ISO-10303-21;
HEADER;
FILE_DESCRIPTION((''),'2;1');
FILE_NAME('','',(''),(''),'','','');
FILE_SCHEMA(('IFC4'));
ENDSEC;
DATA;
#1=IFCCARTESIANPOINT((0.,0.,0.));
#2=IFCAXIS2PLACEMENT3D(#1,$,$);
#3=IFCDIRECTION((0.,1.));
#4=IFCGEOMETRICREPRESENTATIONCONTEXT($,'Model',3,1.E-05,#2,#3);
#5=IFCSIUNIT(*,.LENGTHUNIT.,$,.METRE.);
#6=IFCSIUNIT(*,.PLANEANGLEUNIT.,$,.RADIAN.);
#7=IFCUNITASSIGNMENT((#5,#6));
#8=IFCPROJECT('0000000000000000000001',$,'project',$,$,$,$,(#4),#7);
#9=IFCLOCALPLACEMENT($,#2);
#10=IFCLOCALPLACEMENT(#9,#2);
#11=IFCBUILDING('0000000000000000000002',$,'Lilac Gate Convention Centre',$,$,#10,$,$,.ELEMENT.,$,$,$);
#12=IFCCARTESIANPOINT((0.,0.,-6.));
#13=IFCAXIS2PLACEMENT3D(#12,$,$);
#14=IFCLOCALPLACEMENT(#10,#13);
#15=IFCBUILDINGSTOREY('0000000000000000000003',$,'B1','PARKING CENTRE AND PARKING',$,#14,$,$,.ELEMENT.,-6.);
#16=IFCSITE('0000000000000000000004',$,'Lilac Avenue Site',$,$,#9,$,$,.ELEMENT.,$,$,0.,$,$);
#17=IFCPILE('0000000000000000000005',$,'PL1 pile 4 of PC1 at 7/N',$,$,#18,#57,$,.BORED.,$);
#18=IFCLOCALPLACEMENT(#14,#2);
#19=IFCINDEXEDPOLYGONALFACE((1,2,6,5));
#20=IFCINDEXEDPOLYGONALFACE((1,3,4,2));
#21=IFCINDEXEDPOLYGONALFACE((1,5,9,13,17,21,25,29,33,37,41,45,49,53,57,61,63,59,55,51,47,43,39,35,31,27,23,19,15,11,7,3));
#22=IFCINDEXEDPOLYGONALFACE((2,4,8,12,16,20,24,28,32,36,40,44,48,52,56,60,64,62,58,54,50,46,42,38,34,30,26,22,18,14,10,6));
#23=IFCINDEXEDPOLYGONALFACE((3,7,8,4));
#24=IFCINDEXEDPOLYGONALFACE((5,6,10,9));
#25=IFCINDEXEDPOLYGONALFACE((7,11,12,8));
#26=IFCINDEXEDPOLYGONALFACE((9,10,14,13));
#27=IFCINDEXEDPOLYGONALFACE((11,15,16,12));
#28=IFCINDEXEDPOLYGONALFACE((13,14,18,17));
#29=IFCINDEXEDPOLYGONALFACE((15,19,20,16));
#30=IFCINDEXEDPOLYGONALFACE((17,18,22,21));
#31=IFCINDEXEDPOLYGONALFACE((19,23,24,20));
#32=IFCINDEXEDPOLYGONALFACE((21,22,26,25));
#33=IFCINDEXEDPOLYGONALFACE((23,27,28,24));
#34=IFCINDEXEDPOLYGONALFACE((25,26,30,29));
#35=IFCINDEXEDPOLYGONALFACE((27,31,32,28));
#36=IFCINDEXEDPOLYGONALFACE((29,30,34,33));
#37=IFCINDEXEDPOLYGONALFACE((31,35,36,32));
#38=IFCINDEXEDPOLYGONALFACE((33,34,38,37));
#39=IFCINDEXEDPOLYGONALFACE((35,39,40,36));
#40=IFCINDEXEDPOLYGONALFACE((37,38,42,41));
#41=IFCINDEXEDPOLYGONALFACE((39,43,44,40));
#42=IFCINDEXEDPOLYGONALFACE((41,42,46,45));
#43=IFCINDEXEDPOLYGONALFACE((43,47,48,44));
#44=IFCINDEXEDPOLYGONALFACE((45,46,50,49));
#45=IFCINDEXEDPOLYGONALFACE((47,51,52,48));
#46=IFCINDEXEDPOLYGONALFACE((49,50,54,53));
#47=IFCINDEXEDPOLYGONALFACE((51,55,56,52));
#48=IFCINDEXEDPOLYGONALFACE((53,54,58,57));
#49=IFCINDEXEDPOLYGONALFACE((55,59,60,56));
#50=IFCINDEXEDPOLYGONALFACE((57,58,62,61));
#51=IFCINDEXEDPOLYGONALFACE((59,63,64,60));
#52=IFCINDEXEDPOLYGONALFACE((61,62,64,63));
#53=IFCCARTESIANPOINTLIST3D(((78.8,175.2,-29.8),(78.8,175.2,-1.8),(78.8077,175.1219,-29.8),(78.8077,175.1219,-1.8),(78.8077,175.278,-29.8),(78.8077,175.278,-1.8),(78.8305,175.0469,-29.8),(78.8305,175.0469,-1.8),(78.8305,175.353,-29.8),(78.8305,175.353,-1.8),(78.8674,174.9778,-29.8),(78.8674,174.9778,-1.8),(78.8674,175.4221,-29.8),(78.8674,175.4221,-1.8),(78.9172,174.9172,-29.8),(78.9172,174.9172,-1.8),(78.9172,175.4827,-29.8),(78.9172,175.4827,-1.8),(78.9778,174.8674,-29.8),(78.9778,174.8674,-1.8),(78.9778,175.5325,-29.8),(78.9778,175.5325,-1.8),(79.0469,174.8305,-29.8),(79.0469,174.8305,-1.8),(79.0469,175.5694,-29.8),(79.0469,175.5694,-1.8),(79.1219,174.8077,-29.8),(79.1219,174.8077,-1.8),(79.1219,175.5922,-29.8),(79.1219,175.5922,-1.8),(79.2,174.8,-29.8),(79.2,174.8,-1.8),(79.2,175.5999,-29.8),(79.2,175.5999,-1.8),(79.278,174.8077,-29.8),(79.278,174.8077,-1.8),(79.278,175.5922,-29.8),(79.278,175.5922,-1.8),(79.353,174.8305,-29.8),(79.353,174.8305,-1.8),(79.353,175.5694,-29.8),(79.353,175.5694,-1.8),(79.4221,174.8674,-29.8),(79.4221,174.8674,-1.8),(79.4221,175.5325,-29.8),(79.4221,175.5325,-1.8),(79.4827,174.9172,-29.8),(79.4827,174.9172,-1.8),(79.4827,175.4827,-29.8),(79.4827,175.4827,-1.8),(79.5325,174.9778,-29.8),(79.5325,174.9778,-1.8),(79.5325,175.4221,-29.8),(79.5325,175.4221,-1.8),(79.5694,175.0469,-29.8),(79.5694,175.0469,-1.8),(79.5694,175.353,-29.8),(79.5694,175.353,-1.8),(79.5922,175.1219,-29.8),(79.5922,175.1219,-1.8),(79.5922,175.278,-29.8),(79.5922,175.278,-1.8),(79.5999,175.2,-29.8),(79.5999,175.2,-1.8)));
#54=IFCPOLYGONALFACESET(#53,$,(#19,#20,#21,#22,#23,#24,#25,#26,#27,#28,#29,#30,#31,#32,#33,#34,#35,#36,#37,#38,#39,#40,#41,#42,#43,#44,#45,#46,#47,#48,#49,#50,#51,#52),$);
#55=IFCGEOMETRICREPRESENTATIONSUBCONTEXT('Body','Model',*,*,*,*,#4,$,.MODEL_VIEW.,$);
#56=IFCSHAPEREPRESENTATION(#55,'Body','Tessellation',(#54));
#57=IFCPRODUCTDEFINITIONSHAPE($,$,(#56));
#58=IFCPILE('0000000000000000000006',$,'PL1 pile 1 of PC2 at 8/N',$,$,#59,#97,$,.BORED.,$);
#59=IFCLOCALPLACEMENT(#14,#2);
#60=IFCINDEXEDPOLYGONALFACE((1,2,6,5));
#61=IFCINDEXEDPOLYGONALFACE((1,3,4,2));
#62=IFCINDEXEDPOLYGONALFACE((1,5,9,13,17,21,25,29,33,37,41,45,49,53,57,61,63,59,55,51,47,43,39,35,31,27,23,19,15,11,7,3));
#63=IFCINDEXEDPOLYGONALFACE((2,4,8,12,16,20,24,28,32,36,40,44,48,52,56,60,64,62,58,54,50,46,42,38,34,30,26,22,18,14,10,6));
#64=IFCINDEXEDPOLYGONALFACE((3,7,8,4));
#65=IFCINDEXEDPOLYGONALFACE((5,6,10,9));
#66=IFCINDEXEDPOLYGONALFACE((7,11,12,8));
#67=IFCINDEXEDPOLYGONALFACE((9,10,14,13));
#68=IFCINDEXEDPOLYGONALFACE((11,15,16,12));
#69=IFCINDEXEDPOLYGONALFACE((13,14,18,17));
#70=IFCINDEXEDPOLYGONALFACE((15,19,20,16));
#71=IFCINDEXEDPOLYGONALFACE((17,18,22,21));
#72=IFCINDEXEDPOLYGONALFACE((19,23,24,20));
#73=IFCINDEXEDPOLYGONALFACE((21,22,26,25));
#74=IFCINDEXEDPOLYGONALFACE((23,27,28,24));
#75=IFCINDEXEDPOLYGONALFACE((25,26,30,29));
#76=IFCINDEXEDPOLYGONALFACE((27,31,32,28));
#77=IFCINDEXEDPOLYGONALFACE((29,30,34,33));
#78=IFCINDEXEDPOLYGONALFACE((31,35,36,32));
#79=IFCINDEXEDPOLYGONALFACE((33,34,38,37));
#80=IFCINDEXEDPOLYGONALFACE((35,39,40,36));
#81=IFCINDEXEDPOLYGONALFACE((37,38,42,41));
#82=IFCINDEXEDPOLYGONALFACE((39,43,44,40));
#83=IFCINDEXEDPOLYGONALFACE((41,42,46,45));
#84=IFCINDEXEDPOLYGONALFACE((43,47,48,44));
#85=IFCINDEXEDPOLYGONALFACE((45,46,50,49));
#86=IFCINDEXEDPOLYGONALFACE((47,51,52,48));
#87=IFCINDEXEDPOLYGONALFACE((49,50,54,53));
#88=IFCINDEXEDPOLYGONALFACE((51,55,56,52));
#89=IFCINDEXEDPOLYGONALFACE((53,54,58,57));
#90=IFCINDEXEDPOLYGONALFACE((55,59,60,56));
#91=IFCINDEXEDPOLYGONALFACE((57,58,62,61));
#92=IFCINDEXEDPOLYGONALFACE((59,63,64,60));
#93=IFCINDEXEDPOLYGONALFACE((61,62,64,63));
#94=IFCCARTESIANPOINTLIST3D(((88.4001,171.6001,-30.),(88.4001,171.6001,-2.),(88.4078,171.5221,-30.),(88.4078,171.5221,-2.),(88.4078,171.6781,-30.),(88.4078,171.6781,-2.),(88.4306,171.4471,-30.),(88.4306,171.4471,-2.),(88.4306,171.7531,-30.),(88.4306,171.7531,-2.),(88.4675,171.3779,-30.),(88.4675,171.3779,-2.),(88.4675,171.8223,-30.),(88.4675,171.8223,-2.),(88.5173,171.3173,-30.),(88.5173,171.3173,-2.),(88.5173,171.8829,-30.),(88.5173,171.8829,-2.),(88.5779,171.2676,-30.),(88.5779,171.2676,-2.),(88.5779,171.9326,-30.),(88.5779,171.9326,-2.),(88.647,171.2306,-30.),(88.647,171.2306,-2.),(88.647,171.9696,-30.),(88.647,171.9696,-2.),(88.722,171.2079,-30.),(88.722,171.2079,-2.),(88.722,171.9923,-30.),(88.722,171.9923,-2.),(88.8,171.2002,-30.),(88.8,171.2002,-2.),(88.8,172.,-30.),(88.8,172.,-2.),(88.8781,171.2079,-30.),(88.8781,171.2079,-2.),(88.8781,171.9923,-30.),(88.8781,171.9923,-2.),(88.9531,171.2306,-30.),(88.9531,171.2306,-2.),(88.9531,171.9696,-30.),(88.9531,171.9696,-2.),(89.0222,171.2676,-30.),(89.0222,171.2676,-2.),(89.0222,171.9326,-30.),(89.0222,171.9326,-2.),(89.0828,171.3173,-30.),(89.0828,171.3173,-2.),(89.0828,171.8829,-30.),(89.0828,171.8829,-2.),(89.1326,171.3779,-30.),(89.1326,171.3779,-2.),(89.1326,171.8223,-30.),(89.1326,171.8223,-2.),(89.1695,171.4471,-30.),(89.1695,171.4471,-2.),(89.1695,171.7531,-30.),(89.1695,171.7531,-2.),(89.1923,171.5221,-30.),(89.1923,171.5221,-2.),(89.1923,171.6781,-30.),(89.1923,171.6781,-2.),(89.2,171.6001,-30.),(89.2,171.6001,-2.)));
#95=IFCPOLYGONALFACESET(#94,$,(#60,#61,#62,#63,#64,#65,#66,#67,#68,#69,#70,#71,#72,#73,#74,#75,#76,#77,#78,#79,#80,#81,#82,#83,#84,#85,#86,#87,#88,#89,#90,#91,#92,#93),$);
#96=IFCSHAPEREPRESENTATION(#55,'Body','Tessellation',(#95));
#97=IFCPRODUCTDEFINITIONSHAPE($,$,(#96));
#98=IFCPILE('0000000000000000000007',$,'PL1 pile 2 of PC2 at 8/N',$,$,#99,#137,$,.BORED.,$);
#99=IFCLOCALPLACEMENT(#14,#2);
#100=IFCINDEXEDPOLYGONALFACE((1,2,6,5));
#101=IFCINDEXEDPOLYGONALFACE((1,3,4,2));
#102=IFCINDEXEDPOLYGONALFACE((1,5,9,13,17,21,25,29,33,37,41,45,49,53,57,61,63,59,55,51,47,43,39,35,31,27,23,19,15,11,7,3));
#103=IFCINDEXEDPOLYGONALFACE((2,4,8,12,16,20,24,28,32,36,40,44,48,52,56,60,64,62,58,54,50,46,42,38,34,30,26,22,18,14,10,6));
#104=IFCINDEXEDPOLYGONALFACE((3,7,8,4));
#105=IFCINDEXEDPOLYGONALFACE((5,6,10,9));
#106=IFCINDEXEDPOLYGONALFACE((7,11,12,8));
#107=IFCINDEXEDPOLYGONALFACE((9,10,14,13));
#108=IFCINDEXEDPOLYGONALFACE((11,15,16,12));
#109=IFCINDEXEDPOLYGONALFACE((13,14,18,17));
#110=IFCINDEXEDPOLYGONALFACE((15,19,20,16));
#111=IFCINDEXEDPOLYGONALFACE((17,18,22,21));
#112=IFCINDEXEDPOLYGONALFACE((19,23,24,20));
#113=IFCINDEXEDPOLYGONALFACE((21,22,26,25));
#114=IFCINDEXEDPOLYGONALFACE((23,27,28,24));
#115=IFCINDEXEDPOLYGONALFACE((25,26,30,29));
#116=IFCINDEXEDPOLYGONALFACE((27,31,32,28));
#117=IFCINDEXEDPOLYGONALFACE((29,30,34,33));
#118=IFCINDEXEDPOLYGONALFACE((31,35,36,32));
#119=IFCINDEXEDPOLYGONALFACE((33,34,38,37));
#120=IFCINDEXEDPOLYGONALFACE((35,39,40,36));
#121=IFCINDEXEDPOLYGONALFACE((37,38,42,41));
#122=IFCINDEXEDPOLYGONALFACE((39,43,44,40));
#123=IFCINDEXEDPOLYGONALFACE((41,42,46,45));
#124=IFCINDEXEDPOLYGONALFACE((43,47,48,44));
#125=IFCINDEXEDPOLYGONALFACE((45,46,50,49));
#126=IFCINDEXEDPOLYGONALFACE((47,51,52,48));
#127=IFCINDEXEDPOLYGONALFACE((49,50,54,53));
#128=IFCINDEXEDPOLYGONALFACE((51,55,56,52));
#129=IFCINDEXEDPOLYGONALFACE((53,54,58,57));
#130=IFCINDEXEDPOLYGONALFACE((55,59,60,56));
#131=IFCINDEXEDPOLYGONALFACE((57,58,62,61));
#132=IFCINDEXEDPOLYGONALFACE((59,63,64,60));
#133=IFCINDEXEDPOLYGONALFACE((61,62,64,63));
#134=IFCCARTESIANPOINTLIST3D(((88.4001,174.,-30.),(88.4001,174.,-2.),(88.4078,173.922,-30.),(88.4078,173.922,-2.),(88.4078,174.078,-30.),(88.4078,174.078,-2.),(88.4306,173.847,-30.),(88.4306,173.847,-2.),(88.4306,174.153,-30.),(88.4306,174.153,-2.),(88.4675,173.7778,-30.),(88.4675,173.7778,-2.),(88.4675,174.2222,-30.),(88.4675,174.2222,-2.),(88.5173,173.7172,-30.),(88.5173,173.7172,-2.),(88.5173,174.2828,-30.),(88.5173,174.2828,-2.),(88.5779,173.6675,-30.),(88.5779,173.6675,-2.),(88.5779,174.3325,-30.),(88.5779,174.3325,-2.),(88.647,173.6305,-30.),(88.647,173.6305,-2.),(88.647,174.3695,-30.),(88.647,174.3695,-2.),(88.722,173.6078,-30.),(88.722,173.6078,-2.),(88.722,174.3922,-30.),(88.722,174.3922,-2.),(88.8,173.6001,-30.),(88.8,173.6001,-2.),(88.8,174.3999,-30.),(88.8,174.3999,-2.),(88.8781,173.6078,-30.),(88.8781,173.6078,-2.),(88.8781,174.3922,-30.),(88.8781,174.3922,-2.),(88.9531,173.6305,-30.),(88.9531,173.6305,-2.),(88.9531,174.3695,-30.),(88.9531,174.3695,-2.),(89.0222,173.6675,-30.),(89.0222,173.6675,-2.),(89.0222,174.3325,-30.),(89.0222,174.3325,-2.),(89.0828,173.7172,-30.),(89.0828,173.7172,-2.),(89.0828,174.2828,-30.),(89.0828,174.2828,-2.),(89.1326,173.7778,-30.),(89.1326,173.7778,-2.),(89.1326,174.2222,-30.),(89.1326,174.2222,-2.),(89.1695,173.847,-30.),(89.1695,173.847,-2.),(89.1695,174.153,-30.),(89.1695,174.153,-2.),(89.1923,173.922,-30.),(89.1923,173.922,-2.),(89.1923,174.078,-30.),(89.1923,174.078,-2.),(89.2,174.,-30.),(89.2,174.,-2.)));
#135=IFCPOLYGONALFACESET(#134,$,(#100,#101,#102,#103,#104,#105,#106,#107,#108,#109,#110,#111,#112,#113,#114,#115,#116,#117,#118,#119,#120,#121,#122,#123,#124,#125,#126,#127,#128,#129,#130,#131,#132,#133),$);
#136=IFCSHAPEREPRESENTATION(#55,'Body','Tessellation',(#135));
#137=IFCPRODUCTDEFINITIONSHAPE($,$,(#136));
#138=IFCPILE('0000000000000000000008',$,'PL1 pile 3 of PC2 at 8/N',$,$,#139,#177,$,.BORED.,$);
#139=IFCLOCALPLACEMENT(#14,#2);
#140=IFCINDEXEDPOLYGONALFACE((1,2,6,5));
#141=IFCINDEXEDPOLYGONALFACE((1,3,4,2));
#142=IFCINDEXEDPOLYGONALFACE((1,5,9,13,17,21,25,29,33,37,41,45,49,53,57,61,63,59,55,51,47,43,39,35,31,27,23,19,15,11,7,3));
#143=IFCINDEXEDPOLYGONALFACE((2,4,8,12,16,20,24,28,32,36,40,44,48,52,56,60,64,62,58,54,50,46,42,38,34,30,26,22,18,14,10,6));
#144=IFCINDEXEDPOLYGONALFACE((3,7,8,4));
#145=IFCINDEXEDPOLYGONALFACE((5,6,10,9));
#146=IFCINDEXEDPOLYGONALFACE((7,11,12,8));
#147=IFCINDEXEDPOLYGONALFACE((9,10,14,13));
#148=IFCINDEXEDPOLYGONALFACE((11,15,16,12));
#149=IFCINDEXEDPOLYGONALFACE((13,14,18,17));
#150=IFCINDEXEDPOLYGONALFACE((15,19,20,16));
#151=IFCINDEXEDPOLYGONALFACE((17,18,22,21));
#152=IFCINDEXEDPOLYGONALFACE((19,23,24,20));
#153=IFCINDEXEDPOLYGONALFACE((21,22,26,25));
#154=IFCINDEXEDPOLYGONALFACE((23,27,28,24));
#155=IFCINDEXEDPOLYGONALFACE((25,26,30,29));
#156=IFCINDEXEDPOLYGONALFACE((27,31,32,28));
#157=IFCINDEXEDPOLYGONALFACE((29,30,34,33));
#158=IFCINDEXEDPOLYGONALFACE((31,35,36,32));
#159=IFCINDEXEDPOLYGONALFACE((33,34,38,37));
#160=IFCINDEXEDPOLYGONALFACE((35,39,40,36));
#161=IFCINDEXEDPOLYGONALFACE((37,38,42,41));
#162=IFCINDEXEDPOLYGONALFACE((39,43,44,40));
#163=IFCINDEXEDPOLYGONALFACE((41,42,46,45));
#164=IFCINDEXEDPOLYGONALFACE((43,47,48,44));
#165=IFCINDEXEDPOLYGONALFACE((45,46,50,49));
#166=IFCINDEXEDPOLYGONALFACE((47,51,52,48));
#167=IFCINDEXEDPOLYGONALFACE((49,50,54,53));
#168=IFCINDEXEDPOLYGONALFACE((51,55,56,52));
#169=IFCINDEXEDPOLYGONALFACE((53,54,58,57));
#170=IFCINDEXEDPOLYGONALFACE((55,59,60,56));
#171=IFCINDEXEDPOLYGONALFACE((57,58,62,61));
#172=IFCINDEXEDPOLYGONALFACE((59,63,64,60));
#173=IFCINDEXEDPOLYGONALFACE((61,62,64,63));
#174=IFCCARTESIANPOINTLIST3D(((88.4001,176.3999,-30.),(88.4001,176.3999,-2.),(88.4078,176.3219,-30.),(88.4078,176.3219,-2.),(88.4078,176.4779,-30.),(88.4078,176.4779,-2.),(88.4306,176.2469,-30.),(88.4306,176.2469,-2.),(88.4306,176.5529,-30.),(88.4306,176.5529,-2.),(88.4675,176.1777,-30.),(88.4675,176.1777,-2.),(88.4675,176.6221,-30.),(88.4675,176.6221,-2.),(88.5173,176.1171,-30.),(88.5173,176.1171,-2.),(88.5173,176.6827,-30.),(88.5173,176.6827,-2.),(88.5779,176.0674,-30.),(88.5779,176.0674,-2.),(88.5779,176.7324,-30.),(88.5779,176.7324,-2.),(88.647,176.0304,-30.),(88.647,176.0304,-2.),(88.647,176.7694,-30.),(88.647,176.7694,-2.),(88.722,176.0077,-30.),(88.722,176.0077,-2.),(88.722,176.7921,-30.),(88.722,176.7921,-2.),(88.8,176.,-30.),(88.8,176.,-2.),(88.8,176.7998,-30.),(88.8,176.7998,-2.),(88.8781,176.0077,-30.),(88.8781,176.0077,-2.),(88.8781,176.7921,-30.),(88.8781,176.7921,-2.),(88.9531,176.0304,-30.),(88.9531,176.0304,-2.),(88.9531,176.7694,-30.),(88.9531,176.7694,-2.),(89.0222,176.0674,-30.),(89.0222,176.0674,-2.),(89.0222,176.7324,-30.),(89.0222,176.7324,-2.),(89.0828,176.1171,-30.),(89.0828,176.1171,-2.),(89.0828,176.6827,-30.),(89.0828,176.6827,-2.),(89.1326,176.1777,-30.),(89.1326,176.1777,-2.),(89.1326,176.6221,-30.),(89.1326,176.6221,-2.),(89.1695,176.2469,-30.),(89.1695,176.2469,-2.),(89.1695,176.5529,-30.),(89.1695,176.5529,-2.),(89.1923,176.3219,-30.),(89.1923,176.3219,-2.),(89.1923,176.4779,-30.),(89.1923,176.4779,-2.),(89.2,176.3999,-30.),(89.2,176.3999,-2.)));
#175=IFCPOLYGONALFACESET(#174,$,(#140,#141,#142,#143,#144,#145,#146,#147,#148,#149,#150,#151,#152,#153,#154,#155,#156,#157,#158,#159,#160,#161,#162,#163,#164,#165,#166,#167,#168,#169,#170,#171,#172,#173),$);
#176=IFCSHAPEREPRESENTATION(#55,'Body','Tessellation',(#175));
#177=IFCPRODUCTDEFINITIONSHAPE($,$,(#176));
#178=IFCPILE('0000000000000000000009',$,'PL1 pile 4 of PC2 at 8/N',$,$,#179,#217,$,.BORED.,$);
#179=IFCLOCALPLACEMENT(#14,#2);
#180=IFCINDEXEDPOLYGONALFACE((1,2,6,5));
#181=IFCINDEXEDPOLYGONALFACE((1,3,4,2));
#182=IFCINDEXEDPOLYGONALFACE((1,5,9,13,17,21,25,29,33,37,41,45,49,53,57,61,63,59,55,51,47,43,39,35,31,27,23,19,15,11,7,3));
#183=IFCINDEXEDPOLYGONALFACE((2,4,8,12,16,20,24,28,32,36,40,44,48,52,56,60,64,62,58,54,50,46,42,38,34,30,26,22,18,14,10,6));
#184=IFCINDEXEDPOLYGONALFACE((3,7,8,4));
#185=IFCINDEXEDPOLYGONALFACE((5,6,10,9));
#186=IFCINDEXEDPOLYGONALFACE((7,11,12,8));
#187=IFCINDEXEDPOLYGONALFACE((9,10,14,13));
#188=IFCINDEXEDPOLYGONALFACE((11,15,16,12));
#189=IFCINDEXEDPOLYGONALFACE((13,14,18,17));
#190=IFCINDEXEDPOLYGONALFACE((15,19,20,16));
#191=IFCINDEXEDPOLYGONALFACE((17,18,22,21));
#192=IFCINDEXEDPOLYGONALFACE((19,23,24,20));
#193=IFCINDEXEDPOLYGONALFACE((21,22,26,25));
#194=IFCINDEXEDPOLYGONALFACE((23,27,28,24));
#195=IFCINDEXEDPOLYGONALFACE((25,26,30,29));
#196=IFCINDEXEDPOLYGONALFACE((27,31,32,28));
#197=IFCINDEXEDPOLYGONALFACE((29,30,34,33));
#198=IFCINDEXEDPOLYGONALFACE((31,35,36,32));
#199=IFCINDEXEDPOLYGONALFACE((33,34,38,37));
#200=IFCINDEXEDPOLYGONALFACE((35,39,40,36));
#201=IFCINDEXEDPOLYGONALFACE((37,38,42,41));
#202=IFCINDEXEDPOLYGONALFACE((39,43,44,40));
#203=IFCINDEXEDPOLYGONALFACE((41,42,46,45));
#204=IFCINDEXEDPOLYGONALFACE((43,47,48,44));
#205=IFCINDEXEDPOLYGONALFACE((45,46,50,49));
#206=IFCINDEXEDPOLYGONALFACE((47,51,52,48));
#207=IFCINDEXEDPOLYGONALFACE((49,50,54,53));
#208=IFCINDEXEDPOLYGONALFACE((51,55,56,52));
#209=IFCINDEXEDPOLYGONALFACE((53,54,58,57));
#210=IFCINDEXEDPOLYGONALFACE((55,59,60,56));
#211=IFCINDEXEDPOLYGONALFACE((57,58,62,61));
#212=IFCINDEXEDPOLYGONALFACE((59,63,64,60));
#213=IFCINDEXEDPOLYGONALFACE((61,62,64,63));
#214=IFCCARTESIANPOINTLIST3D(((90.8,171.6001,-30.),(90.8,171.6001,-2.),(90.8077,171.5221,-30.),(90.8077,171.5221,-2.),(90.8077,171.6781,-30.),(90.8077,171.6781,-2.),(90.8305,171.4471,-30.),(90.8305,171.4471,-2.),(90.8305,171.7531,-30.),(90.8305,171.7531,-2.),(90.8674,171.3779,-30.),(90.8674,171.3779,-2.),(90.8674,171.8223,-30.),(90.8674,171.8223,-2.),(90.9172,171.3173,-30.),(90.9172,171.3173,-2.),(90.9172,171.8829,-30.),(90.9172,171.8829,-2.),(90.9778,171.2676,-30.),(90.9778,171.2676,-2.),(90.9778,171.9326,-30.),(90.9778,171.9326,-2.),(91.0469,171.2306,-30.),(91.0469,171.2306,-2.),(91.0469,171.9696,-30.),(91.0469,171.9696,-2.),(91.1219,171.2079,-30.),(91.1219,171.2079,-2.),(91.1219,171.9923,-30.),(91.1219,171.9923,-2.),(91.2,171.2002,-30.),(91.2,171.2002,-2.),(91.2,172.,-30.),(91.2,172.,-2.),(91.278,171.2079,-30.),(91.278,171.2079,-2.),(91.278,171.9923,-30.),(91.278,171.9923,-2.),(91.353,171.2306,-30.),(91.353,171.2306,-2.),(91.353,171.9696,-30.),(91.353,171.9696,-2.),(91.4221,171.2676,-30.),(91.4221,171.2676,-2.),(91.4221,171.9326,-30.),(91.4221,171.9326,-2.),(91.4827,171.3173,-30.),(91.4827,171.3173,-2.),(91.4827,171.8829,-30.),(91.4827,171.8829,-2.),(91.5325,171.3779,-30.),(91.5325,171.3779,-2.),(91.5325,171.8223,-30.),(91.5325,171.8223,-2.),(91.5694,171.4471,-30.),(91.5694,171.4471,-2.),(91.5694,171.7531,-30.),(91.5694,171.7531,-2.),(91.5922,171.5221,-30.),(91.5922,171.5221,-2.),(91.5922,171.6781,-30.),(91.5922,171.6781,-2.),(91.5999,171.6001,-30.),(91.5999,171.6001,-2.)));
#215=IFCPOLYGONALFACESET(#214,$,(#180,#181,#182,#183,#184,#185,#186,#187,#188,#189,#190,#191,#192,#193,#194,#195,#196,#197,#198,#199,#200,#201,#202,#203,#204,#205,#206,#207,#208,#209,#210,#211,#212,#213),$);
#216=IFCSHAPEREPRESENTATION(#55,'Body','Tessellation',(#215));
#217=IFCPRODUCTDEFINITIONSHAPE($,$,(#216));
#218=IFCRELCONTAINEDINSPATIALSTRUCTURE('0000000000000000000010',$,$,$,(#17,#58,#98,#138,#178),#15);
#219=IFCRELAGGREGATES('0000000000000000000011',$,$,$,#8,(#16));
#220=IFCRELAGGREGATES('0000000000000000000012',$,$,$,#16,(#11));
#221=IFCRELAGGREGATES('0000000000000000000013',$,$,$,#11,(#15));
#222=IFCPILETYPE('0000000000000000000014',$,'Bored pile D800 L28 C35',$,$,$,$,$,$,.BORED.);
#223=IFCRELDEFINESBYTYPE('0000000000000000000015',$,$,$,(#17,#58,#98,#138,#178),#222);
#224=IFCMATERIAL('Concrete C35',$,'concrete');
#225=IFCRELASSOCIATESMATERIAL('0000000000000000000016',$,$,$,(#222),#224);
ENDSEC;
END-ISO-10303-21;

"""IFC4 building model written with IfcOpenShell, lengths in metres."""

from ifc_helpers import new_model, si_unit, direction, frame, origin, origin_2d, place, context, subcontext, project, spatial, circle, extrude, material, material_profile, profile_set, type_object, element, save


model = new_model("IFC4")

# Units and contexts
model_context = context("Model", 3, precision=1e-05, world=origin(), true_north=direction((0.0, 1.0)))
body_context = subcontext(model_context, "Body", "Model", "MODEL_VIEW")
ifc_project = project(units=[si_unit("LENGTHUNIT", "METRE"), si_unit("PLANEANGLEUNIT", "RADIAN")], contexts=[model_context])

# Site, building, storey
site_placement = place(None, origin())
site = spatial("IfcSite", under=ifc_project, at=site_placement, Name="Lilac Avenue Site", CompositionType="ELEMENT", RefElevation=0.0)
building_placement = place(site_placement, origin())
building = spatial("IfcBuilding", under=site, at=building_placement, Name="Lilac Gate Convention Centre", CompositionType="ELEMENT")
storey_placement = place(building_placement, frame((0.0, 0.0, -6.0)))
storey = spatial("IfcBuildingStorey", under=building, at=storey_placement, Name="B1", Description="PARKING CENTRE AND PARKING", CompositionType="ELEMENT", Elevation=-6.0)

# Piles
ifc_material_1 = material(Name="Concrete C35", Category="concrete")
ifc_material_profile_1 = material_profile(ifc_material_1, circle(Radius=0.3999, at=origin_2d()), Name="D800")
ifc_profile_set_1 = profile_set([ifc_material_profile_1], Name="Concrete C35")
pile_type = type_object("IfcPileType", Name="Bored pile D800 L28 C35", PredefinedType="BORED", material=ifc_profile_set_1)
for number, where, z_axis, x_axis, name in (
    (1, (79.2, 175.2, -1.8), (0.0, 0.0, -1.0), (1.0, 0.0, 0.0), "PL1 pile 4 of PC1 at 7/N"),
    (2, (88.8, 171.6001, -2.0), (0.0, 0.0, -1.0), (1.0, 0.0, 0.0), "PL1 pile 1 of PC2 at 8/N"),
    (3, (88.8, 174.0, -2.0), (0.0, 0.0, -1.0), (1.0, 0.0, 0.0), "PL1 pile 2 of PC2 at 8/N"),
    (4, (88.8, 176.3999, -2.0), (0.0, 0.0, -1.0), (1.0, 0.0, 0.0), "PL1 pile 3 of PC2 at 8/N"),
    (5, (91.2, 171.6001, -2.0), (0.0, 0.0, -1.0), (1.0, 0.0, 0.0), "PL1 pile 4 of PC2 at 8/N"),
):
    element("IfcPile", number, at=place(storey_placement, frame(where, z_axis=z_axis, x_axis=x_axis)), inside=storey, type_object=pile_type, Name=name, PredefinedType="BORED", context=body_context, shape_type="SweptSolid", body=[
        extrude(circle(Radius=0.3999, at=origin_2d()), origin(), (0.0, 0.0, 1.0), 28.0),
    ])

save(model, "model.ifc")
